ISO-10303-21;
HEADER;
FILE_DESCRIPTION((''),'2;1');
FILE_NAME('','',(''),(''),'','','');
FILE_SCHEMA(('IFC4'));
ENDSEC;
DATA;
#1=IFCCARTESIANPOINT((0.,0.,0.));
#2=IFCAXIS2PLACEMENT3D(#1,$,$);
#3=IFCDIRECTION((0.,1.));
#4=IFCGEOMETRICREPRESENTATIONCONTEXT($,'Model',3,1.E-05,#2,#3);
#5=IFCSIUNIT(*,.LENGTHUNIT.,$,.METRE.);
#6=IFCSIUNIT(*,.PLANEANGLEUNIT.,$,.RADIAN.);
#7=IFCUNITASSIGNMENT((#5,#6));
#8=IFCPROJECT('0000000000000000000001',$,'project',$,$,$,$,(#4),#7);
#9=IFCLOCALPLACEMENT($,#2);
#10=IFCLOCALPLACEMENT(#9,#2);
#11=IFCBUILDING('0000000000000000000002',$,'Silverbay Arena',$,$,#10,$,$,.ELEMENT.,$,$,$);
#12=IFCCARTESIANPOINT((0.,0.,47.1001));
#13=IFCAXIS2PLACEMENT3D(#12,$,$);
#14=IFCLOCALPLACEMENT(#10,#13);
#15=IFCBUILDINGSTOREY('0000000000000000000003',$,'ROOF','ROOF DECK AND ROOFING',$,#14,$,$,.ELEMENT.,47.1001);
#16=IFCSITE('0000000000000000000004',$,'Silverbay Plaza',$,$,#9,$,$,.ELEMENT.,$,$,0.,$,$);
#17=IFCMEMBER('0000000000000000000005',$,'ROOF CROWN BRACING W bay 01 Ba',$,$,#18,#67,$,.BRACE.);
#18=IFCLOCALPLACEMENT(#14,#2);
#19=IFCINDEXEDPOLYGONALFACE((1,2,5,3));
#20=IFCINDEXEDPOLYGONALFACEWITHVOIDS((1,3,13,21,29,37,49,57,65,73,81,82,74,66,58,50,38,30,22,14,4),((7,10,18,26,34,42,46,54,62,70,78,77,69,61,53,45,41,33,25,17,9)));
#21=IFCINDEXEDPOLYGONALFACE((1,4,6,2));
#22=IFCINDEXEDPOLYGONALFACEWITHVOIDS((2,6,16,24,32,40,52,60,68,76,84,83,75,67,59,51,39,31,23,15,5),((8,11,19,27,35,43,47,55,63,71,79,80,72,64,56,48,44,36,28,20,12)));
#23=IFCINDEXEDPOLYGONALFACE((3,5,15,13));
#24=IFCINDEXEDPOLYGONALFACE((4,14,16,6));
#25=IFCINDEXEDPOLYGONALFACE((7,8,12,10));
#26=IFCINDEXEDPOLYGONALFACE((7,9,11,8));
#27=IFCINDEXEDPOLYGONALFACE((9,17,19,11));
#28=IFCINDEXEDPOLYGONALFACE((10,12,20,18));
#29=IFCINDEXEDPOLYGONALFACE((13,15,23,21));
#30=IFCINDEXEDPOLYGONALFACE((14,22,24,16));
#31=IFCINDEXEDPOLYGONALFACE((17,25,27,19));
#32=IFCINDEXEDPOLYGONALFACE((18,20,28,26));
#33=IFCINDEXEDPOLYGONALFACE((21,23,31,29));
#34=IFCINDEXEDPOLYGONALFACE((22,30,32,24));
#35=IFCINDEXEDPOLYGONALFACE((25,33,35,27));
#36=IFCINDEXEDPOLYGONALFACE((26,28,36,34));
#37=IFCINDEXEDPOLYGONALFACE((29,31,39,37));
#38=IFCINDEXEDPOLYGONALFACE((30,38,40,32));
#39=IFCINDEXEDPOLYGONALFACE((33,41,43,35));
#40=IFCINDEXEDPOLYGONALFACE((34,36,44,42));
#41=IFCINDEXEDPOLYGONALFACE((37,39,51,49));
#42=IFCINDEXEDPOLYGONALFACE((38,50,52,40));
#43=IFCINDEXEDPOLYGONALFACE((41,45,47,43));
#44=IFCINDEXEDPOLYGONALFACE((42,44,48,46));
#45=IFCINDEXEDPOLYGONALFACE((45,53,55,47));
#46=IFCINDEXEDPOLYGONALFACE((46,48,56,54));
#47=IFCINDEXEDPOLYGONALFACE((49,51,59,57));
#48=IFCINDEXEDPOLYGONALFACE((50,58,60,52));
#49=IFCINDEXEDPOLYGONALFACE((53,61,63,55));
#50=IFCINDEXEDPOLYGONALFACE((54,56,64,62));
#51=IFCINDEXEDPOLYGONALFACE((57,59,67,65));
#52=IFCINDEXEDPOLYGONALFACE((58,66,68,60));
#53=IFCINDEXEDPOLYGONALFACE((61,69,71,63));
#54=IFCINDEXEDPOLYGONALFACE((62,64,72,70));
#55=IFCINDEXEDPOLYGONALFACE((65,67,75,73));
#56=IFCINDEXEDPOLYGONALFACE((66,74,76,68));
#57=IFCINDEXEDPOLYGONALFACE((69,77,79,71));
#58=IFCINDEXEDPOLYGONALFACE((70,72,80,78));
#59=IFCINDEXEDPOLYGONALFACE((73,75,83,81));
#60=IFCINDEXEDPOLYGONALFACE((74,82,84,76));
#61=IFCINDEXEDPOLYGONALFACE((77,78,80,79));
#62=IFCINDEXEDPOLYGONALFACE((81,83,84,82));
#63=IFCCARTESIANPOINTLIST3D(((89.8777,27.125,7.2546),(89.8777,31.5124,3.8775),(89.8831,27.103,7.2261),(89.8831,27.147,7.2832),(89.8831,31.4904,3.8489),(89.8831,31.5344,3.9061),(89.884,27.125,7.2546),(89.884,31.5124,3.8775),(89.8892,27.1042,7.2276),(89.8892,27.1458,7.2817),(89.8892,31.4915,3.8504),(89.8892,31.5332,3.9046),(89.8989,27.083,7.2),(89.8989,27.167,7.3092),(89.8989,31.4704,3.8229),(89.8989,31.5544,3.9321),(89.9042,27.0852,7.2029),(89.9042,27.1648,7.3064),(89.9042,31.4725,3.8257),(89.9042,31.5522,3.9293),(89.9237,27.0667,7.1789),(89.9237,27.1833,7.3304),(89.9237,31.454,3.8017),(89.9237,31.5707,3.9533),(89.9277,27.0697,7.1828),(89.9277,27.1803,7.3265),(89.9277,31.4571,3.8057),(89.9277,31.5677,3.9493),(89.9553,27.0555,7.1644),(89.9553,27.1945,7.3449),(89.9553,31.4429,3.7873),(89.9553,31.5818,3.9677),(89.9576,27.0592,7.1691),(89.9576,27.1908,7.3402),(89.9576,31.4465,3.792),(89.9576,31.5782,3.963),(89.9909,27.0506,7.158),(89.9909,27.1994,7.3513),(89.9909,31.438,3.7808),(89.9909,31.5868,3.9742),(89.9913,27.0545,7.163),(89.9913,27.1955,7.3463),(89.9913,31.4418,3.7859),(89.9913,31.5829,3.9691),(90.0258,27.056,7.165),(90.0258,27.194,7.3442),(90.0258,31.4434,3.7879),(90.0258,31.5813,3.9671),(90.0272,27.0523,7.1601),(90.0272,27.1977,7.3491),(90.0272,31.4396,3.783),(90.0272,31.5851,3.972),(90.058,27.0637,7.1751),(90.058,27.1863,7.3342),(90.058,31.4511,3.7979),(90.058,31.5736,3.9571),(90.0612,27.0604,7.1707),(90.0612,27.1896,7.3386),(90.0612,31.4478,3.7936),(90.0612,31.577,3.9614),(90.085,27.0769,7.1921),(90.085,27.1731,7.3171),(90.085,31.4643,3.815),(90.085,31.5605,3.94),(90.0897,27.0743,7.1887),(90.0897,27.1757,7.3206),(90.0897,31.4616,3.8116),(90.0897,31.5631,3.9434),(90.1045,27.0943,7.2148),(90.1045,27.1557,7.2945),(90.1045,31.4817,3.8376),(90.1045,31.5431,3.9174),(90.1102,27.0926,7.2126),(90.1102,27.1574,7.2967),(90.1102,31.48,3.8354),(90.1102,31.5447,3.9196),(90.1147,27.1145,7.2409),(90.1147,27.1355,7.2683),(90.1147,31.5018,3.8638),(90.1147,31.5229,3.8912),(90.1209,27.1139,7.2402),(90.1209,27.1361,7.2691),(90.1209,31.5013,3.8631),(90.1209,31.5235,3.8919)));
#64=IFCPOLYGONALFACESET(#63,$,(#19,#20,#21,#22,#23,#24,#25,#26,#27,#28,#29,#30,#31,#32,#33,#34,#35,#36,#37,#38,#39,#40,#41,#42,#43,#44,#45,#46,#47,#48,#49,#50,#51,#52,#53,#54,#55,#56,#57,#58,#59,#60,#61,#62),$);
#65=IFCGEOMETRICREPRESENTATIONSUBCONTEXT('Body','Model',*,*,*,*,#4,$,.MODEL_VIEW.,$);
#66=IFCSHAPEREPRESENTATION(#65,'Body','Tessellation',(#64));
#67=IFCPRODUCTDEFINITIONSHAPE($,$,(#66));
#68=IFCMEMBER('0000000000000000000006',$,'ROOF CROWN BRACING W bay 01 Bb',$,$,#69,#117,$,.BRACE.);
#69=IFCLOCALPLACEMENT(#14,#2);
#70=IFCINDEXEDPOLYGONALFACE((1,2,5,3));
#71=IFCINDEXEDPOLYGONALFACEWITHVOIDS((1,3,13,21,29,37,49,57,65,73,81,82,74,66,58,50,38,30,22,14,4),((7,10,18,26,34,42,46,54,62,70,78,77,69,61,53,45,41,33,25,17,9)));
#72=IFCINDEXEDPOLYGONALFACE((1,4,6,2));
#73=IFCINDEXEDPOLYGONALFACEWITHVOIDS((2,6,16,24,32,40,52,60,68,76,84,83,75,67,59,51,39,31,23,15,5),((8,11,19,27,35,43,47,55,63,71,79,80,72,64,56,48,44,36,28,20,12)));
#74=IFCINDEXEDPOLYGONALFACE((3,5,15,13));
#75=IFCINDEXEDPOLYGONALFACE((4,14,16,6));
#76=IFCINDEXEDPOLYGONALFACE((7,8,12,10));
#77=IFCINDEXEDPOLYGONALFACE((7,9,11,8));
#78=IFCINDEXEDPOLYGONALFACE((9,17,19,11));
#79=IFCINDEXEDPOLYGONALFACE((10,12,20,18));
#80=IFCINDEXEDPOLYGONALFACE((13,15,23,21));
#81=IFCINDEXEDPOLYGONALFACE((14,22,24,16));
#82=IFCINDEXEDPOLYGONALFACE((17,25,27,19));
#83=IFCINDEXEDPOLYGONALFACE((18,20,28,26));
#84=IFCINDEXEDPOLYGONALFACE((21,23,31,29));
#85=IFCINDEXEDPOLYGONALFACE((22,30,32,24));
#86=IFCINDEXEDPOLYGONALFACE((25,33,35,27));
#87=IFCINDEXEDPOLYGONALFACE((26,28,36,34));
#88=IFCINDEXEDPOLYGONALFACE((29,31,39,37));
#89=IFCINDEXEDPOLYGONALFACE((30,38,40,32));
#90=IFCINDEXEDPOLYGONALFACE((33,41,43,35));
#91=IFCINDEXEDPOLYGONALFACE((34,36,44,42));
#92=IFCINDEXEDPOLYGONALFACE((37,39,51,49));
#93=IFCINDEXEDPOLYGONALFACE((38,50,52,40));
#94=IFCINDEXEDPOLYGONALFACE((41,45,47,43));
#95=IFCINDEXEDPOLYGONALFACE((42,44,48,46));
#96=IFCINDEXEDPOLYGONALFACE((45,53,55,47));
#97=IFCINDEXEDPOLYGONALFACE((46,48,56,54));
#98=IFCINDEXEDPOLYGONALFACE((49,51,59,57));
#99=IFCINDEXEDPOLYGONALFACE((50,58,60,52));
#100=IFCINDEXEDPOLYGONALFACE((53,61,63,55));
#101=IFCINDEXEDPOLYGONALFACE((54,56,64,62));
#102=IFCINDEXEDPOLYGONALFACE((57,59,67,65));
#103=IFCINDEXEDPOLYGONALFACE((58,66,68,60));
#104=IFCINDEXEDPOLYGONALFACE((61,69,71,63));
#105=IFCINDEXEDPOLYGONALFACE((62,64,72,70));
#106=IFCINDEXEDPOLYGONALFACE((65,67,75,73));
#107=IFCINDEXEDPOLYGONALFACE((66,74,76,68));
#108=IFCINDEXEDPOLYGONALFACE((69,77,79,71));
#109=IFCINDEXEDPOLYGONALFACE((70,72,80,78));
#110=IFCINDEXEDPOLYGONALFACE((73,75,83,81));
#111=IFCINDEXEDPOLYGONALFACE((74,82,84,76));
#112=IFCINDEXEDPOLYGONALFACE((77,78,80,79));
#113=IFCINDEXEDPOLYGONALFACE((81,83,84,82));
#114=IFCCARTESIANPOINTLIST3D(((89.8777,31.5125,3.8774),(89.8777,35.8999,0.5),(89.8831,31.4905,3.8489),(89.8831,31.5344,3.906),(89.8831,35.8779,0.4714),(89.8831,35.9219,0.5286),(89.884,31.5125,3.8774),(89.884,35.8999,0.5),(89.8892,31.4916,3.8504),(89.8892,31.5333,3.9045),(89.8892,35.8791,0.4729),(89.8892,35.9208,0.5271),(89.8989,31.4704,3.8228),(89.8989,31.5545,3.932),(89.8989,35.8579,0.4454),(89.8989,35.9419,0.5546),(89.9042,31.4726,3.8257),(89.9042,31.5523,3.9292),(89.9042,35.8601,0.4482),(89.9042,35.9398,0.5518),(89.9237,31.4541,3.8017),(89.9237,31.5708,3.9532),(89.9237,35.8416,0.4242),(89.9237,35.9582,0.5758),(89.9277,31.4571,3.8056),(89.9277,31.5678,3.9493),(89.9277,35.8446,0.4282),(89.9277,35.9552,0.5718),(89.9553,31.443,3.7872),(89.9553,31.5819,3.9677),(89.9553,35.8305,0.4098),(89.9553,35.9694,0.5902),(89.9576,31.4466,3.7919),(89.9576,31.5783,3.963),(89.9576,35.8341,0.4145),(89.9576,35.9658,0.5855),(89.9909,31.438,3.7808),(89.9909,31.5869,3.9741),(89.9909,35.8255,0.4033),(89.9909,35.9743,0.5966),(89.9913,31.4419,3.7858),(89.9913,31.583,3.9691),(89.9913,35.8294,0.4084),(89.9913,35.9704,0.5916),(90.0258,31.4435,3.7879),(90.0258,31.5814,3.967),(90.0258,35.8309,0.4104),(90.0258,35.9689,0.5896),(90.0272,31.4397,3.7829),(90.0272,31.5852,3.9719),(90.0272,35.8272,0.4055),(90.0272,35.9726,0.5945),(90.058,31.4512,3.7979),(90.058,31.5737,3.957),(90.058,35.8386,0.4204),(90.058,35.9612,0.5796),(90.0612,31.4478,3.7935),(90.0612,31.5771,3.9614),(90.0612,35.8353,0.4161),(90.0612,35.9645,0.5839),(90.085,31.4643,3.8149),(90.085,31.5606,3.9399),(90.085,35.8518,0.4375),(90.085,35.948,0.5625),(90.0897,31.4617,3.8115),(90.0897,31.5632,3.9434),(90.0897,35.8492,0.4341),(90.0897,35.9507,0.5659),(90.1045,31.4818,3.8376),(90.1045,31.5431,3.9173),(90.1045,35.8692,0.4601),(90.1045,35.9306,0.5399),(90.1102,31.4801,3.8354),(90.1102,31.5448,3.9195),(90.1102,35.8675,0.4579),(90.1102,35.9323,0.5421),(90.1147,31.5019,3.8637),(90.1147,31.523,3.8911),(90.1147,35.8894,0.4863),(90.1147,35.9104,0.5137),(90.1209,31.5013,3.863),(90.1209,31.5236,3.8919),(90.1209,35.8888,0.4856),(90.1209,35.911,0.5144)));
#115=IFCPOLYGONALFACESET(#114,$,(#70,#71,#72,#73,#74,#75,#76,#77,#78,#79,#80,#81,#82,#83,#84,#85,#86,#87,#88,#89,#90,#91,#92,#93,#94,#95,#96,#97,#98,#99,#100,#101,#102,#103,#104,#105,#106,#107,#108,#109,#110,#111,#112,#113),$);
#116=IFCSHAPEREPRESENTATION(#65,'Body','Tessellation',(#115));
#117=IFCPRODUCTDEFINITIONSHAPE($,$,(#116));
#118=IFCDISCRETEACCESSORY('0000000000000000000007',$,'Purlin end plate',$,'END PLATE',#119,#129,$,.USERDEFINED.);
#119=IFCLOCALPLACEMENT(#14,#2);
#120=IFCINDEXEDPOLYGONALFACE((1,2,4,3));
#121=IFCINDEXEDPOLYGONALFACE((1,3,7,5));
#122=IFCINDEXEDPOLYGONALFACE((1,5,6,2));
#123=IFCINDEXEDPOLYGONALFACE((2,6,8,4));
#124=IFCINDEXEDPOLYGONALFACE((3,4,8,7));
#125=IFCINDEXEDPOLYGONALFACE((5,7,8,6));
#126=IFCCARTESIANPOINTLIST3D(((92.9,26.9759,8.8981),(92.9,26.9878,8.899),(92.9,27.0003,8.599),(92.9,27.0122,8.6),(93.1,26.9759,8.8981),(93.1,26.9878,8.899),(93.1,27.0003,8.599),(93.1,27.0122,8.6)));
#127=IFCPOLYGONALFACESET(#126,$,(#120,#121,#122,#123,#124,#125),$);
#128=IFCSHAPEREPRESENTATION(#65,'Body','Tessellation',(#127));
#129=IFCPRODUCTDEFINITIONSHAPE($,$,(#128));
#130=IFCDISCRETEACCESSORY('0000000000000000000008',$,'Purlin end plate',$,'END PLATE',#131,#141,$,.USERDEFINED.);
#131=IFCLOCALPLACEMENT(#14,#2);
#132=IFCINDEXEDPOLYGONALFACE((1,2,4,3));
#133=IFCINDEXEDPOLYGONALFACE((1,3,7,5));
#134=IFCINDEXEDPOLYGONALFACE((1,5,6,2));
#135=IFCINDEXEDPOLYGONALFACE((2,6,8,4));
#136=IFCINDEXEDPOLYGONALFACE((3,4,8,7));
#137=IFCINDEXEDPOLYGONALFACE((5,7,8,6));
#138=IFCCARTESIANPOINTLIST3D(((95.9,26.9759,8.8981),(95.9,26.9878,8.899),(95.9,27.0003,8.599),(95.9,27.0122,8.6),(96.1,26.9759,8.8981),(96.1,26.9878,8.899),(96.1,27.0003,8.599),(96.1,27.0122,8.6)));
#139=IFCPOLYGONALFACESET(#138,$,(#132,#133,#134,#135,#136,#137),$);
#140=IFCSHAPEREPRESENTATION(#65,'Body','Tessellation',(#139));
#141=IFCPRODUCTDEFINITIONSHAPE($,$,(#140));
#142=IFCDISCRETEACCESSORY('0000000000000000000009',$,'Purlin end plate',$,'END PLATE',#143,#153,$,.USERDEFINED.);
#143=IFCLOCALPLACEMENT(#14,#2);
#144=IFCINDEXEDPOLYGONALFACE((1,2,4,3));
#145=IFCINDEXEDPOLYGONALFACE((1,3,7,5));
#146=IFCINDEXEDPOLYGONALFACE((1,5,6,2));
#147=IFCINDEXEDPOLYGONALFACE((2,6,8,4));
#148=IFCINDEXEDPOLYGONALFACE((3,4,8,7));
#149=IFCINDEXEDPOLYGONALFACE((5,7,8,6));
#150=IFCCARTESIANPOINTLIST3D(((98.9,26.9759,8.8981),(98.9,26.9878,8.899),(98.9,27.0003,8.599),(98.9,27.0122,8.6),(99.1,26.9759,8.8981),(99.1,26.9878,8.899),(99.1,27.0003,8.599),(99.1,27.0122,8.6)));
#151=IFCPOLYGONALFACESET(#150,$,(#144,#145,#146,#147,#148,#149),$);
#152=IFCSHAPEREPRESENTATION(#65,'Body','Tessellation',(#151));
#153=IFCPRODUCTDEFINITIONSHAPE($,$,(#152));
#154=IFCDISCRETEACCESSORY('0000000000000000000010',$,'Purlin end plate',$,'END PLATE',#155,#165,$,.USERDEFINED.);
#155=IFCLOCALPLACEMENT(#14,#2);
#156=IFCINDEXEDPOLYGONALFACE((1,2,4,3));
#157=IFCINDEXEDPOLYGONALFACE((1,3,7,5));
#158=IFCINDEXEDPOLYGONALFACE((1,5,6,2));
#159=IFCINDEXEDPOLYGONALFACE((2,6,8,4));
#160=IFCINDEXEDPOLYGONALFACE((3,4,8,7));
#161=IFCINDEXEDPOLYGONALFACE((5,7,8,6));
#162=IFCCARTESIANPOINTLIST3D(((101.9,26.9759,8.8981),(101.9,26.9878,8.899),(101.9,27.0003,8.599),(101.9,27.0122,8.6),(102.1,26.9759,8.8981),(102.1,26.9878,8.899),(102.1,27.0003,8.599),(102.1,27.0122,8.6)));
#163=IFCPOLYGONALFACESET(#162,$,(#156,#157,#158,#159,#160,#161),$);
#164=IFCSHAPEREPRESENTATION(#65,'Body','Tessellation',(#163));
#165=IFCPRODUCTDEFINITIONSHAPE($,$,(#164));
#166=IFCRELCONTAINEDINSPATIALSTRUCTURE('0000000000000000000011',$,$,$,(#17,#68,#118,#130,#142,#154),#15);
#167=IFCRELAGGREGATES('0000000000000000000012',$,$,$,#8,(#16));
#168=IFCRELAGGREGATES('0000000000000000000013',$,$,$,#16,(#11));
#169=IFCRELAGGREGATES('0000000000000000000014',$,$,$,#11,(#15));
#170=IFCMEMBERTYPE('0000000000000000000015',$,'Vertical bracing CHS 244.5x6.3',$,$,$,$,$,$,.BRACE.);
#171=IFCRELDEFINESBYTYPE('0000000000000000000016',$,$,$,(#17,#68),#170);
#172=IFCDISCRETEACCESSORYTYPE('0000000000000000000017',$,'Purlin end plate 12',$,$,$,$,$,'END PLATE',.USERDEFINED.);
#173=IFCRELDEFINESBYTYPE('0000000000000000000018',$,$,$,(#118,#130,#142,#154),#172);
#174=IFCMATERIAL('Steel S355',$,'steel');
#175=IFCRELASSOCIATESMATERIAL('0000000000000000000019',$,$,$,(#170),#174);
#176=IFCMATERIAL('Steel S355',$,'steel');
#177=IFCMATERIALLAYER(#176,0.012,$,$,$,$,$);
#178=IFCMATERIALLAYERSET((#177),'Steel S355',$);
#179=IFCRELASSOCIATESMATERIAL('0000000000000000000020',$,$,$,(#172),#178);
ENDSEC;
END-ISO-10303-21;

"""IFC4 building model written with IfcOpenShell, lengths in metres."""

from ifc_helpers import new_model, si_unit, direction, frame, origin, origin_2d, place, context, subcontext, project, spatial, rectangle, hollow_circle, extrude, material, layer, layer_set, material_profile, profile_set, type_object, element, save


model = new_model("IFC4")

# Units and contexts
model_context = context("Model", 3, precision=1e-05, world=origin(), true_north=direction((0.0, 1.0)))
body_context = subcontext(model_context, "Body", "Model", "MODEL_VIEW")
ifc_project = project(units=[si_unit("LENGTHUNIT", "METRE"), si_unit("PLANEANGLEUNIT", "RADIAN")], contexts=[model_context])

# Site, building, storey
site_placement = place(None, origin())
site = spatial("IfcSite", under=ifc_project, at=site_placement, Name="Silverbay Plaza", CompositionType="ELEMENT", RefElevation=0.0)
building_placement = place(site_placement, origin())
building = spatial("IfcBuilding", under=site, at=building_placement, Name="Silverbay Arena", CompositionType="ELEMENT")
storey_placement = place(building_placement, frame((0.0, 0.0, 47.1001)))
storey = spatial("IfcBuildingStorey", under=building, at=storey_placement, Name="ROOF", Description="ROOF DECK AND ROOFING", CompositionType="ELEMENT", Elevation=47.1001)

# Members
ifc_material_1 = material(Name="Steel S355", Category="steel")
ifc_material_profile_1 = material_profile(ifc_material_1, hollow_circle(Radius=0.1223, WallThickness=0.0063, at=origin_2d()), Name="CHS 244.5x6.3")
ifc_profile_set_1 = profile_set([ifc_material_profile_1], Name="Steel S355")
member_type_1 = type_object("IfcMemberType", Name="Vertical bracing CHS 244.5x6.3", PredefinedType="BRACE", material=ifc_profile_set_1)
member_1_placement = place(storey_placement, frame((90.0, 27.125, 7.2546), z_axis=(0.0, 0.792429, -0.609964), x_axis=(-1.0, 0.0, 0.0)))
element("IfcMember", 1, at=member_1_placement, inside=storey, type_object=member_type_1, Name="ROOF CROWN BRACING W bay 01 Ba", PredefinedType="BRACE", context=body_context, shape_type="SweptSolid", body=[
    extrude(hollow_circle(Radius=0.1223, WallThickness=0.0063, at=origin_2d()), origin(), (0.0, 0.0, 1.0), 5.5366),
])
member_2_placement = place(storey_placement, frame((90.0, 31.5125, 3.8774), z_axis=(0.0, 0.792408, -0.609992), x_axis=(-1.0, 0.0, 0.0)))
element("IfcMember", 2, at=member_2_placement, inside=storey, type_object=member_type_1, Name="ROOF CROWN BRACING W bay 01 Bb", PredefinedType="BRACE", context=body_context, shape_type="SweptSolid", body=[
    extrude(hollow_circle(Radius=0.1223, WallThickness=0.0063, at=origin_2d()), origin(), (0.0, 0.0, 1.0), 5.5369),
])

# Discrete accessories
ifc_material_2 = material(Name="Steel S355", Category="steel")
ifc_layer = layer(ifc_material_2, 0.012)
ifc_layer_set = layer_set([ifc_layer], Name="Steel S355")
discrete_accessory_type = type_object("IfcDiscreteAccessoryType", Name="Purlin end plate 12", ElementType="END PLATE", PredefinedType="USERDEFINED", material=ifc_layer_set)
for number, where, z_axis, x_axis, name in (
    (3, (93.0, 27.0, 8.7495), (0.0, -0.996685, -0.081362), (1.0, 0.0, 0.0), "Purlin end plate"),
    (4, (96.0, 27.0, 8.7495), (0.0, -0.996685, -0.081362), (1.0, 0.0, 0.0), "Purlin end plate"),
    (5, (99.0, 27.0, 8.7495), (0.0, -0.996685, -0.081362), (1.0, 0.0, 0.0), "Purlin end plate"),
    (6, (102.0, 27.0, 8.7495), (0.0, -0.996685, -0.081362), (1.0, 0.0, 0.0), "Purlin end plate"),
):
    element("IfcDiscreteAccessory", number, at=place(storey_placement, frame(where, z_axis=z_axis, x_axis=x_axis)), inside=storey, type_object=discrete_accessory_type, Name=name, ObjectType="END PLATE", PredefinedType="USERDEFINED", context=body_context, shape_type="SweptSolid", body=[
        extrude(rectangle(XDim=0.2, YDim=0.3, at=origin_2d()), origin(), (0.0, 0.0, 1.0), 0.012),
    ])

save(model, "model.ifc")
